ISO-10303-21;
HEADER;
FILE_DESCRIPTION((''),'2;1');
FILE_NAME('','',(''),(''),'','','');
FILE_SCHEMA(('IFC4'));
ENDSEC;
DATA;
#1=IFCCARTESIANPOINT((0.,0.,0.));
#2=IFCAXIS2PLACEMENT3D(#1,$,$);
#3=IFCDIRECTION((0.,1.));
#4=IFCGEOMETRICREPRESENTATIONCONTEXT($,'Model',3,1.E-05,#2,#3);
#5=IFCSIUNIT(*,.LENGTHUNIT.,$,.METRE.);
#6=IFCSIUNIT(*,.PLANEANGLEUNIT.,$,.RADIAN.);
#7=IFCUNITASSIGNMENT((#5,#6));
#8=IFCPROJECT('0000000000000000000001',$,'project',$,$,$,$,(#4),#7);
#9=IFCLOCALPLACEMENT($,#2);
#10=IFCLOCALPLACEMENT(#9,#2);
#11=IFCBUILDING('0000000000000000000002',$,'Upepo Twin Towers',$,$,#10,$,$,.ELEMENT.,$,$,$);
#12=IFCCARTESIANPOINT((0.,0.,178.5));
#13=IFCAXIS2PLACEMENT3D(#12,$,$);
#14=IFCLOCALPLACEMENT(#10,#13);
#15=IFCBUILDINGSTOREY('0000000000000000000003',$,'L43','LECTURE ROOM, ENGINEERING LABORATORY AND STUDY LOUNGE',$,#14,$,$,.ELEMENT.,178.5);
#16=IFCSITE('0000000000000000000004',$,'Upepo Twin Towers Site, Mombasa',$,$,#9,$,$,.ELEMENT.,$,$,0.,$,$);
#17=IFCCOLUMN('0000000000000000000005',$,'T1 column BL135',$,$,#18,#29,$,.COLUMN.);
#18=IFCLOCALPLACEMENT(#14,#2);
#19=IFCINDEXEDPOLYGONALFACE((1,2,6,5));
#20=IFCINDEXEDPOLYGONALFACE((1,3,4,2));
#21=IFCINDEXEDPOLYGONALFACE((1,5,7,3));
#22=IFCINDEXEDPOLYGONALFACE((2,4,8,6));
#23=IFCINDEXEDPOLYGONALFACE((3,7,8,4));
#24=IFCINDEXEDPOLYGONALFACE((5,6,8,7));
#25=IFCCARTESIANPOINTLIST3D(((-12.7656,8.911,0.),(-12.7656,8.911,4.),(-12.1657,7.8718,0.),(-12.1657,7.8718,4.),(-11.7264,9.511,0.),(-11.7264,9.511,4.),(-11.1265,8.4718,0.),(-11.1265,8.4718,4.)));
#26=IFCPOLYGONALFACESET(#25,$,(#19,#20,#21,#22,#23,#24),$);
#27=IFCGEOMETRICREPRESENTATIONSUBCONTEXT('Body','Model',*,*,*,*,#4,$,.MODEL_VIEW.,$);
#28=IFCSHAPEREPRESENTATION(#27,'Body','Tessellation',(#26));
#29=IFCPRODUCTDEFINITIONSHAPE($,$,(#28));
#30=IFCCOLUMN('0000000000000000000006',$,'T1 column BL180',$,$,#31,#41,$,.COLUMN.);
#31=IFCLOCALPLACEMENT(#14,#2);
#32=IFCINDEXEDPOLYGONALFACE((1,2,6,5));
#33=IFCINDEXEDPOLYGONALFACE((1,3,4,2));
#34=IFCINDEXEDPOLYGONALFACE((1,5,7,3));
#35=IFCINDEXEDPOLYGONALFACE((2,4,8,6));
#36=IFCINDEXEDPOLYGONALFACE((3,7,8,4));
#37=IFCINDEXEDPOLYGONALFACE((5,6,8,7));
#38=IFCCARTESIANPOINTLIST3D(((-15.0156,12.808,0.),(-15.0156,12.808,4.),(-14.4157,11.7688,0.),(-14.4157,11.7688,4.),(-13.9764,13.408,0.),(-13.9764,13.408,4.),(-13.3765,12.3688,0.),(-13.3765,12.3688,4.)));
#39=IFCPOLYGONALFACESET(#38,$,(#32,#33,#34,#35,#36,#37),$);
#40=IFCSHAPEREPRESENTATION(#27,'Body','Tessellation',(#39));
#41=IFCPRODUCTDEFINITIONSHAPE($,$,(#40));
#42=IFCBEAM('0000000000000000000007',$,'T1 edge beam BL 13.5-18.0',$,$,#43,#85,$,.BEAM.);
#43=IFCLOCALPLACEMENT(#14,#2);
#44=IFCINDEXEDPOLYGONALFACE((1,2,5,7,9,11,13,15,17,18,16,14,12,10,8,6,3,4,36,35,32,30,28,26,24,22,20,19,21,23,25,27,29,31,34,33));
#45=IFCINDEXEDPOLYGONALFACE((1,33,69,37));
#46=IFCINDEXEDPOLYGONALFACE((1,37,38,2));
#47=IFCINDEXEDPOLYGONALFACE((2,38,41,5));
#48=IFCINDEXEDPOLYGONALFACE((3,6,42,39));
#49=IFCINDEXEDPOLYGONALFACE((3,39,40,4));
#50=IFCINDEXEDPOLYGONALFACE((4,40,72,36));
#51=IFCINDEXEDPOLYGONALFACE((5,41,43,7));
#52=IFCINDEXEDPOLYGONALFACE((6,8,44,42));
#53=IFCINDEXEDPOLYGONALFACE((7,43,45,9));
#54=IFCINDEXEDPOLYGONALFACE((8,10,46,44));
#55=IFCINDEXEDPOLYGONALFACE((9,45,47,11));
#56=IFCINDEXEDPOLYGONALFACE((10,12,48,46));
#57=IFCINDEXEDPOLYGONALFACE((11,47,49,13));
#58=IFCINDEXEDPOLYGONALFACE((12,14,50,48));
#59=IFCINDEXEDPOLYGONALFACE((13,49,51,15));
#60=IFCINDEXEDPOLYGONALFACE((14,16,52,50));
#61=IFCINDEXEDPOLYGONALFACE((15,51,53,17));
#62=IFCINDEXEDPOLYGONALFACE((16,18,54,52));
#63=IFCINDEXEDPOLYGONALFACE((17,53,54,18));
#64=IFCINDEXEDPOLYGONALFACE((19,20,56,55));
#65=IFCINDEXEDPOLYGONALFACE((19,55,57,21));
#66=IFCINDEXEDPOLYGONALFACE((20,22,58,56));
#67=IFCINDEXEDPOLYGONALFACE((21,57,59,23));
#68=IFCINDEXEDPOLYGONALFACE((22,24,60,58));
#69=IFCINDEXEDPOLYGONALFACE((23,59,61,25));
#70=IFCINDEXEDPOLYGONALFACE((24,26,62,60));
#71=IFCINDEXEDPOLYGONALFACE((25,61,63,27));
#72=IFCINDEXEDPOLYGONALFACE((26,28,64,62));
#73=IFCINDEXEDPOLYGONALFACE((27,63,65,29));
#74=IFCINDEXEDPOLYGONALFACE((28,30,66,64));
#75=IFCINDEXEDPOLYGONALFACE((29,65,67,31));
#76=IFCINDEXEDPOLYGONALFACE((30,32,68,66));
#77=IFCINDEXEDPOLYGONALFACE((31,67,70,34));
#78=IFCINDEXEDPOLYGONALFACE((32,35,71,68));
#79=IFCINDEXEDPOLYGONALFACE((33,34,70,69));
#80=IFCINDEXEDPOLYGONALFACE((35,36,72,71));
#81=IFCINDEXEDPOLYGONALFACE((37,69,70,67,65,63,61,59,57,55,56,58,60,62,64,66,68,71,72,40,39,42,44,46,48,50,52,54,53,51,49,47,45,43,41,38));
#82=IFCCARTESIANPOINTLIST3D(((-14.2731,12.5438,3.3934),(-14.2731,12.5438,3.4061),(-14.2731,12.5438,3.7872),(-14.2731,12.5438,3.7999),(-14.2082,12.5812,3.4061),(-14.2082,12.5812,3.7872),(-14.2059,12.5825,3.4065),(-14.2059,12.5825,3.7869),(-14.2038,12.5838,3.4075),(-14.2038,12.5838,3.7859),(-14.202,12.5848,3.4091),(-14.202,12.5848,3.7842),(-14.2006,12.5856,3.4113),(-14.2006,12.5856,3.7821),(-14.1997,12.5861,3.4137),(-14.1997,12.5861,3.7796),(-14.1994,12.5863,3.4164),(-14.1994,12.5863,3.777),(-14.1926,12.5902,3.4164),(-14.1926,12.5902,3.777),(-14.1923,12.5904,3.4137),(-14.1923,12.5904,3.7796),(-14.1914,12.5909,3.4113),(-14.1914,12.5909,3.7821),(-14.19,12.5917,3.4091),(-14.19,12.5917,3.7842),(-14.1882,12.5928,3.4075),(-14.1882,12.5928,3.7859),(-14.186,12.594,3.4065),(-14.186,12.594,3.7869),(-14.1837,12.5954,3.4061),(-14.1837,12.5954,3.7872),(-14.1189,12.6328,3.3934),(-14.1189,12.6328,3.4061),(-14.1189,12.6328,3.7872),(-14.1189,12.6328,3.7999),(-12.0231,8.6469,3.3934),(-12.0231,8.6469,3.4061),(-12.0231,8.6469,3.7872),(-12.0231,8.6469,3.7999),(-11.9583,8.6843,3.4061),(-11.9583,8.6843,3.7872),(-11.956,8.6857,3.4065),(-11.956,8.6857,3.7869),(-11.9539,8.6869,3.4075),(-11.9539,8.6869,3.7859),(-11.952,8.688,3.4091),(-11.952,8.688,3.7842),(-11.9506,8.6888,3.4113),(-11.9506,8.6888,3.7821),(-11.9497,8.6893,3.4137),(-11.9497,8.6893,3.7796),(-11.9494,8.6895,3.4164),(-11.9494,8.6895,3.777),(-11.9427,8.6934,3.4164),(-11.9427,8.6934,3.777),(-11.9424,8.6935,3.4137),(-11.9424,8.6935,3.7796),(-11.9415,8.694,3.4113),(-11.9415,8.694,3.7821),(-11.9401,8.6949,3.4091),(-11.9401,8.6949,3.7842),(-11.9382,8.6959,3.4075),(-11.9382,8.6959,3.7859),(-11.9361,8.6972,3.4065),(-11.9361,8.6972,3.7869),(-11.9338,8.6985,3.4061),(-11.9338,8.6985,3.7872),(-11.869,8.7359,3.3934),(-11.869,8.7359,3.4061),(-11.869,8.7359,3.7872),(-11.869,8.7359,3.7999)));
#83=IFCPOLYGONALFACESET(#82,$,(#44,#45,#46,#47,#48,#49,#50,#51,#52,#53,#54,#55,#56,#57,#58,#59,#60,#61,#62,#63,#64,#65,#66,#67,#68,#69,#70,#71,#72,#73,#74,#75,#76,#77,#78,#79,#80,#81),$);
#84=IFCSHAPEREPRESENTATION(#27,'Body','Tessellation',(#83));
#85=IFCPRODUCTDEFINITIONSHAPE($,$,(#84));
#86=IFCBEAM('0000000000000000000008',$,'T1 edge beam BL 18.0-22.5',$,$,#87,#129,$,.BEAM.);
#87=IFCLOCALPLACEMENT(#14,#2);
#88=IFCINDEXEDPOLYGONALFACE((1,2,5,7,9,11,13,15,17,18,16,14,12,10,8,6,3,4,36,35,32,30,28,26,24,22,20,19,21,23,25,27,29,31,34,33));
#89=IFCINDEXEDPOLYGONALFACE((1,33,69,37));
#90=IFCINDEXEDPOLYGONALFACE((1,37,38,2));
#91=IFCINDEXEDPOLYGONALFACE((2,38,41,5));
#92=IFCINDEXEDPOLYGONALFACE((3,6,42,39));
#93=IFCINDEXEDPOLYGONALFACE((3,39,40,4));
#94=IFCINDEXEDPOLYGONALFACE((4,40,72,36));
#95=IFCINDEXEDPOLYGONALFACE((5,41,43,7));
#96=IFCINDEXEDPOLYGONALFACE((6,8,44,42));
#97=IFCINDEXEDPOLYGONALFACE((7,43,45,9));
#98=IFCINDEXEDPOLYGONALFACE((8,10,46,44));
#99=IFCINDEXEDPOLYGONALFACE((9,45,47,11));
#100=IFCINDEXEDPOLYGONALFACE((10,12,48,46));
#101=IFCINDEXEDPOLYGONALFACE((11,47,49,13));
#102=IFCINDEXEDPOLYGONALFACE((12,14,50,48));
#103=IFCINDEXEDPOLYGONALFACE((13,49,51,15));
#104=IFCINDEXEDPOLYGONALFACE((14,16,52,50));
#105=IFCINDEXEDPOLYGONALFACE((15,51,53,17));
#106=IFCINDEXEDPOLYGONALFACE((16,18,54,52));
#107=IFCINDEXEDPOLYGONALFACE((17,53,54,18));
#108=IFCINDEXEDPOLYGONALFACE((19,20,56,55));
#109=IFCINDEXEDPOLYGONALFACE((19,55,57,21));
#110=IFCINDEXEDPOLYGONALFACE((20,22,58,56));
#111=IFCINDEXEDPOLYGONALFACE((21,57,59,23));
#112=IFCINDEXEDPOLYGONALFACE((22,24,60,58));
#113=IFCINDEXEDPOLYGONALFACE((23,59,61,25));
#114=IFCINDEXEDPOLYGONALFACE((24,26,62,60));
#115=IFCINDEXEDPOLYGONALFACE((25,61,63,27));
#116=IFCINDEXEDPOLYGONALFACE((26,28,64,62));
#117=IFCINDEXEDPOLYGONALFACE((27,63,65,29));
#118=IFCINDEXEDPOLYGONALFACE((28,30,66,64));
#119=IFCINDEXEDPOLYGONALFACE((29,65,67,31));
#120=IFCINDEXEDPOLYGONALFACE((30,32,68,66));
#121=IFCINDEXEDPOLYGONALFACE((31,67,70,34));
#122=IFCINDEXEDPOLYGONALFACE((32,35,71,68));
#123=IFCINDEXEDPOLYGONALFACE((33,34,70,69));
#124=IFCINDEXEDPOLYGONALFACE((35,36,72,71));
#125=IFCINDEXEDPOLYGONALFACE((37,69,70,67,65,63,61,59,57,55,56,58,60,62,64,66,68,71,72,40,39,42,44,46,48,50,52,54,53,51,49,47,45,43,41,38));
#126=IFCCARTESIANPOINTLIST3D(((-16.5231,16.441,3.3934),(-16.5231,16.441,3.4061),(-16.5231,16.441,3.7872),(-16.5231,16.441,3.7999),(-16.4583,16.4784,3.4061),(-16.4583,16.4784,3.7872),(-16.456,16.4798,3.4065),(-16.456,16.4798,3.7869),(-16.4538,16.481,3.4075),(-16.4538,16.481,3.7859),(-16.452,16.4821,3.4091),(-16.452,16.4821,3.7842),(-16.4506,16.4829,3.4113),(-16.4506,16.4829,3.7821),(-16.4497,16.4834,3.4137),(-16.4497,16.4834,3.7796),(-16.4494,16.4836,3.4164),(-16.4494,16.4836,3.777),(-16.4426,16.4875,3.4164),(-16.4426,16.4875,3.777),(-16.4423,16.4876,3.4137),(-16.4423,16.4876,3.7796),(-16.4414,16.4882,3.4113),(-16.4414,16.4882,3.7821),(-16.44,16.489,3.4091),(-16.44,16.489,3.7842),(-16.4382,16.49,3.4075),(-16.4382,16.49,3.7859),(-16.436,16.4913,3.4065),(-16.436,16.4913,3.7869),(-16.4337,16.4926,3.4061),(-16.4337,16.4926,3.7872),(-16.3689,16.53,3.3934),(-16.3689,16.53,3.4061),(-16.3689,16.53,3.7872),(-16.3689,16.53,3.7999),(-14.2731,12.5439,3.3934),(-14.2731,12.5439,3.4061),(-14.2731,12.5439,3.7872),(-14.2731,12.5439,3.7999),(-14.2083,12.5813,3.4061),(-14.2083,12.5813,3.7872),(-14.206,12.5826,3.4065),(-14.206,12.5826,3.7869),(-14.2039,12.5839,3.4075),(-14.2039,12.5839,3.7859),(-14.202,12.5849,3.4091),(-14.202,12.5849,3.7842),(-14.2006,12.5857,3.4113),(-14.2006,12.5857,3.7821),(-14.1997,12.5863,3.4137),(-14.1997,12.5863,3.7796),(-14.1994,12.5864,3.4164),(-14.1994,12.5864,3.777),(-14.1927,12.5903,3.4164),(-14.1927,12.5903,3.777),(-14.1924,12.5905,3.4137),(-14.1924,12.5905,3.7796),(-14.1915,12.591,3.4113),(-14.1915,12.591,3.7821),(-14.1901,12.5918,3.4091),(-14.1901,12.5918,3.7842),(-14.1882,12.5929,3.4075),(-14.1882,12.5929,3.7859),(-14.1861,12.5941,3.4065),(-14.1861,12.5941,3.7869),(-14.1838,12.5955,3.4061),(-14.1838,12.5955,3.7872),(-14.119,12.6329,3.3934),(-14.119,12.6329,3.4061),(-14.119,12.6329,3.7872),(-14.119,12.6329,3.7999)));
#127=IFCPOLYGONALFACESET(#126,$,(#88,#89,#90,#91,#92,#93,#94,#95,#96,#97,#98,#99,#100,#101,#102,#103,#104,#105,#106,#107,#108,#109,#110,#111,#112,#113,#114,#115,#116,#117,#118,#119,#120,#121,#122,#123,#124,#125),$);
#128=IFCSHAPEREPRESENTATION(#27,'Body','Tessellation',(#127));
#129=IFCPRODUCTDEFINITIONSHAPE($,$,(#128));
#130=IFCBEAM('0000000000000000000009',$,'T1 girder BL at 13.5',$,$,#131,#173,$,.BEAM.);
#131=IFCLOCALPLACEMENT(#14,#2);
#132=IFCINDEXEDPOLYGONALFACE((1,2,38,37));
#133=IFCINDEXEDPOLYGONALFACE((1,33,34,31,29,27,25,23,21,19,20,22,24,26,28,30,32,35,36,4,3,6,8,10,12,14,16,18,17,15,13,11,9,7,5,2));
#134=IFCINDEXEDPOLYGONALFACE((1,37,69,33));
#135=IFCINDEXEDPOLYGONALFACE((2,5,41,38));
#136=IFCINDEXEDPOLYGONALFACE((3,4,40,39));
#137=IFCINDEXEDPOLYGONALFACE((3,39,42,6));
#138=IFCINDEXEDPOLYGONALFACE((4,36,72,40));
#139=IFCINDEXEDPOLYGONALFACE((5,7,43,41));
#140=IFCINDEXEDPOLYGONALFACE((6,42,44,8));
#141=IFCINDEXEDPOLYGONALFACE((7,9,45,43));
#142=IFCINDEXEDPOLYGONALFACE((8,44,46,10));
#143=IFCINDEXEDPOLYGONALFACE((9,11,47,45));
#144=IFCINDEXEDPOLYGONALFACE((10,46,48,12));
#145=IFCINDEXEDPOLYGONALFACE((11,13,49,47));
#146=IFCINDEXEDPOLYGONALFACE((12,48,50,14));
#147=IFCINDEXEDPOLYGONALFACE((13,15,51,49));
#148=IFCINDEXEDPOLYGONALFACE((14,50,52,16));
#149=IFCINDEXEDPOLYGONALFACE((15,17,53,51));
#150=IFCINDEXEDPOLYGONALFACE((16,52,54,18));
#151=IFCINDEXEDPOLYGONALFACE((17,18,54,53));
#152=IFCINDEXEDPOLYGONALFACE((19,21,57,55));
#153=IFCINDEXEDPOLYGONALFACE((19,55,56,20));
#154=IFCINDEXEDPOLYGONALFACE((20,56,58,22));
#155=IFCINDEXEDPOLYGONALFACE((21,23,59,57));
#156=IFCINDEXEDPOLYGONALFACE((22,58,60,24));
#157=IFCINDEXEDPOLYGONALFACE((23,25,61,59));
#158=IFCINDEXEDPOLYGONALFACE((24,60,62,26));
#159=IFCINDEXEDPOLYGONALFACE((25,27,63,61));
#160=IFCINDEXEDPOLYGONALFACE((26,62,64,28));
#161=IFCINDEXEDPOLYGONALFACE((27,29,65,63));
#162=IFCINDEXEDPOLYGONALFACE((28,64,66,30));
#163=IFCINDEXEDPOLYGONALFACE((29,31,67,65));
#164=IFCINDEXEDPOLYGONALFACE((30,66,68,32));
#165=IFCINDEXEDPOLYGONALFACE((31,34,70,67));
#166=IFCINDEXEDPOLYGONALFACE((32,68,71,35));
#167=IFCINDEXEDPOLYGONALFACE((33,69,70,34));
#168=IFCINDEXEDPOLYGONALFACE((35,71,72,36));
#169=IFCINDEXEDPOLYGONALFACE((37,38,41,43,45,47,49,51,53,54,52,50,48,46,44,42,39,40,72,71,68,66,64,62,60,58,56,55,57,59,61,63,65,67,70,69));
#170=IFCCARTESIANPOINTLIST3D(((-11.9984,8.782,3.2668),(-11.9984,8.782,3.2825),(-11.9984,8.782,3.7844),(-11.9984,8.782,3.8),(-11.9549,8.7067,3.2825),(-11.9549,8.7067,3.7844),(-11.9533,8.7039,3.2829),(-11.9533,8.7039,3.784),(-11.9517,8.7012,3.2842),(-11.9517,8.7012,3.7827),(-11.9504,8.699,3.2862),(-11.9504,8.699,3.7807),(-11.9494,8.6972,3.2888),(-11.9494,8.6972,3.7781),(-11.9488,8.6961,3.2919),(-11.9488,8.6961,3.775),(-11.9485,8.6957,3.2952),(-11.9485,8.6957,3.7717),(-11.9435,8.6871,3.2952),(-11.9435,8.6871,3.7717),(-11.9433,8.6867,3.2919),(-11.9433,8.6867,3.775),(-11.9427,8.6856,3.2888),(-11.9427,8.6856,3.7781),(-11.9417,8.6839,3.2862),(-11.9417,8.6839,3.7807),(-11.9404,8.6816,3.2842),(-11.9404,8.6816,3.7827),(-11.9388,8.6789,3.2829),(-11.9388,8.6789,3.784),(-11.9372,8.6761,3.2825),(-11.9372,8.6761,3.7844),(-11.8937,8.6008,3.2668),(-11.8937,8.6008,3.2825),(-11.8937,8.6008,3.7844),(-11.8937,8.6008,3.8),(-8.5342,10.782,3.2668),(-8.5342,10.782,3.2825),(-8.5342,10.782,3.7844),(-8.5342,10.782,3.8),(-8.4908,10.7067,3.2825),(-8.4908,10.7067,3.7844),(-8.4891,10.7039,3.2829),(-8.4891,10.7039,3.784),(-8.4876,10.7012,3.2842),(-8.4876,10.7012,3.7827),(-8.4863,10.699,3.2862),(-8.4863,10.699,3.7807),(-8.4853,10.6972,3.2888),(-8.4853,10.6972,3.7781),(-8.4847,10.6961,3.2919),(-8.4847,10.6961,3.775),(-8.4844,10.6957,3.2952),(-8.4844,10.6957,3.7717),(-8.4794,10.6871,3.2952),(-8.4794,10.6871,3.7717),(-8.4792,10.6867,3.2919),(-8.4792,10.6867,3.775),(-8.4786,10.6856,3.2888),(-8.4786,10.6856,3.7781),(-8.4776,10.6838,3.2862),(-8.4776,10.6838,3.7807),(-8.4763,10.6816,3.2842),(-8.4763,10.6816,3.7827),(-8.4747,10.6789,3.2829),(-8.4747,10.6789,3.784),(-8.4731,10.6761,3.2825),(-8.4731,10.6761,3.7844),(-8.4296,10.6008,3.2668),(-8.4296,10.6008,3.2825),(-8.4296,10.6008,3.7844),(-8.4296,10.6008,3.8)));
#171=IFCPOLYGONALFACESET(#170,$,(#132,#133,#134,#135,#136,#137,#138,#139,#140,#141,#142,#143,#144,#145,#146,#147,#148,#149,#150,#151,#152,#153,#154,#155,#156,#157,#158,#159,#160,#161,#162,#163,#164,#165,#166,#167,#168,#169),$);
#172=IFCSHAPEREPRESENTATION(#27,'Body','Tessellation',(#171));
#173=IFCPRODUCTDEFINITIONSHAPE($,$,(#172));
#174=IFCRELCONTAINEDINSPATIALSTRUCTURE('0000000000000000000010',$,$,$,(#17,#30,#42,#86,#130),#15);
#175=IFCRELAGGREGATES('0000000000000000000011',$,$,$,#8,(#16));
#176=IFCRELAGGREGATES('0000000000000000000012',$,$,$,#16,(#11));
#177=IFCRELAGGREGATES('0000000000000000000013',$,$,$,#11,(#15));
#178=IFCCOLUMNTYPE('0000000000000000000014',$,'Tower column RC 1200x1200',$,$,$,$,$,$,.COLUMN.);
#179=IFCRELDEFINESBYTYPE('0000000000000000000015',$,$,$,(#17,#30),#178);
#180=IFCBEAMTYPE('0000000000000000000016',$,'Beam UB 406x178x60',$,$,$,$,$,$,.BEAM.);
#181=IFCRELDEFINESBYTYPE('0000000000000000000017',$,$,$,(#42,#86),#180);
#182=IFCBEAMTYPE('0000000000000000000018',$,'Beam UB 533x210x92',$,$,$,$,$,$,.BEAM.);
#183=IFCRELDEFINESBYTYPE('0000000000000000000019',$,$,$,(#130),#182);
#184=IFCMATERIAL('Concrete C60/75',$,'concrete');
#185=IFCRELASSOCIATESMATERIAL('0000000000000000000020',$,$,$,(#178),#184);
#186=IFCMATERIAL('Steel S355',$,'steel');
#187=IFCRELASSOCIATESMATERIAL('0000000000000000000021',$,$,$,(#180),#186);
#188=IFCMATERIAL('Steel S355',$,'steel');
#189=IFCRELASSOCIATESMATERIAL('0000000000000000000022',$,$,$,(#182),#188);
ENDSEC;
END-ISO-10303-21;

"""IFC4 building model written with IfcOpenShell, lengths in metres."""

from ifc_helpers import new_model, si_unit, direction, frame, origin, origin_2d, place, context, subcontext, project, spatial, rectangle, i_section, extrude, material, material_profile, profile_set, type_object, element, save


model = new_model("IFC4")

# Units and contexts
model_context = context("Model", 3, precision=1e-05, world=origin(), true_north=direction((0.0, 1.0)))
body_context = subcontext(model_context, "Body", "Model", "MODEL_VIEW")
ifc_project = project(units=[si_unit("LENGTHUNIT", "METRE"), si_unit("PLANEANGLEUNIT", "RADIAN")], contexts=[model_context])

# Site, building, storey
site_placement = place(None, origin())
site = spatial("IfcSite", under=ifc_project, at=site_placement, Name="Upepo Twin Towers Site, Mombasa", CompositionType="ELEMENT", RefElevation=0.0)
building_placement = place(site_placement, origin())
building = spatial("IfcBuilding", under=site, at=building_placement, Name="Upepo Twin Towers", CompositionType="ELEMENT")
storey_placement = place(building_placement, frame((0.0, 0.0, 178.5)))
storey = spatial("IfcBuildingStorey", under=building, at=storey_placement, Name="L43", Description="LECTURE ROOM, ENGINEERING LABORATORY AND STUDY LOUNGE", CompositionType="ELEMENT", Elevation=178.5)

# Columns
ifc_material_1 = material(Name="Concrete C60/75", Category="concrete")
ifc_material_profile_1 = material_profile(ifc_material_1, rectangle(XDim=1.2, YDim=1.2, at=origin_2d()), Name="RC 1200x1200")
ifc_profile_set_1 = profile_set([ifc_material_profile_1], Name="Concrete C60/75")
column_type = type_object("IfcColumnType", Name="Tower column RC 1200x1200", PredefinedType="COLUMN", material=ifc_profile_set_1)
for number, where, z_axis, x_axis, name in (
    (1, (-11.946, 8.6914, 0.0), (0.0, 0.0, 1.0), (0.866025, 0.5, 0.0), "T1 column BL135"),
    (2, (-14.196, 12.5884, 0.0), (0.0, 0.0, 1.0), (0.866025, 0.5, 0.0), "T1 column BL180"),
):
    element("IfcColumn", number, at=place(storey_placement, frame(where, z_axis=z_axis, x_axis=x_axis)), inside=storey, type_object=column_type, Name=name, PredefinedType="COLUMN", context=body_context, shape_type="SweptSolid", body=[
        extrude(rectangle(XDim=1.2, YDim=1.2, at=origin_2d()), origin(), (0.0, 0.0, 1.0), 4.0),
    ])

# Beams
ifc_material_2 = material(Name="Steel S355", Category="steel")
ifc_material_profile_2 = material_profile(ifc_material_2, i_section(OverallWidth=0.178, OverallDepth=0.4065, WebThickness=0.0078, FlangeThickness=0.0127, FilletRadius=0.0103, at=origin_2d()), Name="UB 406x178x60")
ifc_profile_set_2 = profile_set([ifc_material_profile_2], Name="Steel S355")
beam_type_1 = type_object("IfcBeamType", Name="Beam UB 406x178x60", PredefinedType="BEAM", material=ifc_profile_set_2)
beam_1_placement = place(storey_placement, frame((-11.946, 8.6914, 3.5967), z_axis=(-0.500014, 0.866018, 0.0), x_axis=(-0.866018, -0.500014, 0.0)))
element("IfcBeam", 3, at=beam_1_placement, inside=storey, type_object=beam_type_1, Name="T1 edge beam BL 13.5-18.0", PredefinedType="BEAM", context=body_context, shape_type="SweptSolid", body=[
    extrude(i_section(OverallWidth=0.178, OverallDepth=0.4065, WebThickness=0.0078, FlangeThickness=0.0127, FilletRadius=0.0103, at=origin_2d()), origin(), (0.0, 0.0, 1.0), 4.4998),
])
beam_2_placement = place(storey_placement, frame((-14.196, 12.5884, 3.5967), z_axis=(-0.49999, 0.866031, 0.0), x_axis=(-0.866031, -0.49999, 0.0)))
element("IfcBeam", 4, at=beam_2_placement, inside=storey, type_object=beam_type_1, Name="T1 edge beam BL 18.0-22.5", PredefinedType="BEAM", context=body_context, shape_type="SweptSolid", body=[
    extrude(i_section(OverallWidth=0.178, OverallDepth=0.4065, WebThickness=0.0078, FlangeThickness=0.0127, FilletRadius=0.0103, at=origin_2d()), origin(), (0.0, 0.0, 1.0), 4.5),
])
ifc_material_3 = material(Name="Steel S355", Category="steel")
ifc_material_profile_3 = material_profile(ifc_material_3, i_section(OverallWidth=0.2092, OverallDepth=0.5332, WebThickness=0.01, FlangeThickness=0.0156, FilletRadius=0.0127, at=origin_2d()), Name="UB 533x210x92")
ifc_profile_set_3 = profile_set([ifc_material_profile_3], Name="Steel S355")
beam_type_2 = type_object("IfcBeamType", Name="Beam UB 533x210x92", PredefinedType="BEAM", material=ifc_profile_set_3)
for number, where, z_axis, x_axis, name in (
    (5, (-11.946, 8.6914, 3.5334), (0.866026, 0.499999, 0.0), (-0.499999, 0.866026, 0.0), "T1 girder BL at 13.5"),
):
    element("IfcBeam", number, at=place(storey_placement, frame(where, z_axis=z_axis, x_axis=x_axis)), inside=storey, type_object=beam_type_2, Name=name, PredefinedType="BEAM", context=body_context, shape_type="SweptSolid", body=[
        extrude(i_section(OverallWidth=0.2092, OverallDepth=0.5332, WebThickness=0.01, FlangeThickness=0.0156, FilletRadius=0.0127, at=origin_2d()), origin(), (0.0, 0.0, 1.0), 4.0),
    ])

save(model, "model.ifc")
